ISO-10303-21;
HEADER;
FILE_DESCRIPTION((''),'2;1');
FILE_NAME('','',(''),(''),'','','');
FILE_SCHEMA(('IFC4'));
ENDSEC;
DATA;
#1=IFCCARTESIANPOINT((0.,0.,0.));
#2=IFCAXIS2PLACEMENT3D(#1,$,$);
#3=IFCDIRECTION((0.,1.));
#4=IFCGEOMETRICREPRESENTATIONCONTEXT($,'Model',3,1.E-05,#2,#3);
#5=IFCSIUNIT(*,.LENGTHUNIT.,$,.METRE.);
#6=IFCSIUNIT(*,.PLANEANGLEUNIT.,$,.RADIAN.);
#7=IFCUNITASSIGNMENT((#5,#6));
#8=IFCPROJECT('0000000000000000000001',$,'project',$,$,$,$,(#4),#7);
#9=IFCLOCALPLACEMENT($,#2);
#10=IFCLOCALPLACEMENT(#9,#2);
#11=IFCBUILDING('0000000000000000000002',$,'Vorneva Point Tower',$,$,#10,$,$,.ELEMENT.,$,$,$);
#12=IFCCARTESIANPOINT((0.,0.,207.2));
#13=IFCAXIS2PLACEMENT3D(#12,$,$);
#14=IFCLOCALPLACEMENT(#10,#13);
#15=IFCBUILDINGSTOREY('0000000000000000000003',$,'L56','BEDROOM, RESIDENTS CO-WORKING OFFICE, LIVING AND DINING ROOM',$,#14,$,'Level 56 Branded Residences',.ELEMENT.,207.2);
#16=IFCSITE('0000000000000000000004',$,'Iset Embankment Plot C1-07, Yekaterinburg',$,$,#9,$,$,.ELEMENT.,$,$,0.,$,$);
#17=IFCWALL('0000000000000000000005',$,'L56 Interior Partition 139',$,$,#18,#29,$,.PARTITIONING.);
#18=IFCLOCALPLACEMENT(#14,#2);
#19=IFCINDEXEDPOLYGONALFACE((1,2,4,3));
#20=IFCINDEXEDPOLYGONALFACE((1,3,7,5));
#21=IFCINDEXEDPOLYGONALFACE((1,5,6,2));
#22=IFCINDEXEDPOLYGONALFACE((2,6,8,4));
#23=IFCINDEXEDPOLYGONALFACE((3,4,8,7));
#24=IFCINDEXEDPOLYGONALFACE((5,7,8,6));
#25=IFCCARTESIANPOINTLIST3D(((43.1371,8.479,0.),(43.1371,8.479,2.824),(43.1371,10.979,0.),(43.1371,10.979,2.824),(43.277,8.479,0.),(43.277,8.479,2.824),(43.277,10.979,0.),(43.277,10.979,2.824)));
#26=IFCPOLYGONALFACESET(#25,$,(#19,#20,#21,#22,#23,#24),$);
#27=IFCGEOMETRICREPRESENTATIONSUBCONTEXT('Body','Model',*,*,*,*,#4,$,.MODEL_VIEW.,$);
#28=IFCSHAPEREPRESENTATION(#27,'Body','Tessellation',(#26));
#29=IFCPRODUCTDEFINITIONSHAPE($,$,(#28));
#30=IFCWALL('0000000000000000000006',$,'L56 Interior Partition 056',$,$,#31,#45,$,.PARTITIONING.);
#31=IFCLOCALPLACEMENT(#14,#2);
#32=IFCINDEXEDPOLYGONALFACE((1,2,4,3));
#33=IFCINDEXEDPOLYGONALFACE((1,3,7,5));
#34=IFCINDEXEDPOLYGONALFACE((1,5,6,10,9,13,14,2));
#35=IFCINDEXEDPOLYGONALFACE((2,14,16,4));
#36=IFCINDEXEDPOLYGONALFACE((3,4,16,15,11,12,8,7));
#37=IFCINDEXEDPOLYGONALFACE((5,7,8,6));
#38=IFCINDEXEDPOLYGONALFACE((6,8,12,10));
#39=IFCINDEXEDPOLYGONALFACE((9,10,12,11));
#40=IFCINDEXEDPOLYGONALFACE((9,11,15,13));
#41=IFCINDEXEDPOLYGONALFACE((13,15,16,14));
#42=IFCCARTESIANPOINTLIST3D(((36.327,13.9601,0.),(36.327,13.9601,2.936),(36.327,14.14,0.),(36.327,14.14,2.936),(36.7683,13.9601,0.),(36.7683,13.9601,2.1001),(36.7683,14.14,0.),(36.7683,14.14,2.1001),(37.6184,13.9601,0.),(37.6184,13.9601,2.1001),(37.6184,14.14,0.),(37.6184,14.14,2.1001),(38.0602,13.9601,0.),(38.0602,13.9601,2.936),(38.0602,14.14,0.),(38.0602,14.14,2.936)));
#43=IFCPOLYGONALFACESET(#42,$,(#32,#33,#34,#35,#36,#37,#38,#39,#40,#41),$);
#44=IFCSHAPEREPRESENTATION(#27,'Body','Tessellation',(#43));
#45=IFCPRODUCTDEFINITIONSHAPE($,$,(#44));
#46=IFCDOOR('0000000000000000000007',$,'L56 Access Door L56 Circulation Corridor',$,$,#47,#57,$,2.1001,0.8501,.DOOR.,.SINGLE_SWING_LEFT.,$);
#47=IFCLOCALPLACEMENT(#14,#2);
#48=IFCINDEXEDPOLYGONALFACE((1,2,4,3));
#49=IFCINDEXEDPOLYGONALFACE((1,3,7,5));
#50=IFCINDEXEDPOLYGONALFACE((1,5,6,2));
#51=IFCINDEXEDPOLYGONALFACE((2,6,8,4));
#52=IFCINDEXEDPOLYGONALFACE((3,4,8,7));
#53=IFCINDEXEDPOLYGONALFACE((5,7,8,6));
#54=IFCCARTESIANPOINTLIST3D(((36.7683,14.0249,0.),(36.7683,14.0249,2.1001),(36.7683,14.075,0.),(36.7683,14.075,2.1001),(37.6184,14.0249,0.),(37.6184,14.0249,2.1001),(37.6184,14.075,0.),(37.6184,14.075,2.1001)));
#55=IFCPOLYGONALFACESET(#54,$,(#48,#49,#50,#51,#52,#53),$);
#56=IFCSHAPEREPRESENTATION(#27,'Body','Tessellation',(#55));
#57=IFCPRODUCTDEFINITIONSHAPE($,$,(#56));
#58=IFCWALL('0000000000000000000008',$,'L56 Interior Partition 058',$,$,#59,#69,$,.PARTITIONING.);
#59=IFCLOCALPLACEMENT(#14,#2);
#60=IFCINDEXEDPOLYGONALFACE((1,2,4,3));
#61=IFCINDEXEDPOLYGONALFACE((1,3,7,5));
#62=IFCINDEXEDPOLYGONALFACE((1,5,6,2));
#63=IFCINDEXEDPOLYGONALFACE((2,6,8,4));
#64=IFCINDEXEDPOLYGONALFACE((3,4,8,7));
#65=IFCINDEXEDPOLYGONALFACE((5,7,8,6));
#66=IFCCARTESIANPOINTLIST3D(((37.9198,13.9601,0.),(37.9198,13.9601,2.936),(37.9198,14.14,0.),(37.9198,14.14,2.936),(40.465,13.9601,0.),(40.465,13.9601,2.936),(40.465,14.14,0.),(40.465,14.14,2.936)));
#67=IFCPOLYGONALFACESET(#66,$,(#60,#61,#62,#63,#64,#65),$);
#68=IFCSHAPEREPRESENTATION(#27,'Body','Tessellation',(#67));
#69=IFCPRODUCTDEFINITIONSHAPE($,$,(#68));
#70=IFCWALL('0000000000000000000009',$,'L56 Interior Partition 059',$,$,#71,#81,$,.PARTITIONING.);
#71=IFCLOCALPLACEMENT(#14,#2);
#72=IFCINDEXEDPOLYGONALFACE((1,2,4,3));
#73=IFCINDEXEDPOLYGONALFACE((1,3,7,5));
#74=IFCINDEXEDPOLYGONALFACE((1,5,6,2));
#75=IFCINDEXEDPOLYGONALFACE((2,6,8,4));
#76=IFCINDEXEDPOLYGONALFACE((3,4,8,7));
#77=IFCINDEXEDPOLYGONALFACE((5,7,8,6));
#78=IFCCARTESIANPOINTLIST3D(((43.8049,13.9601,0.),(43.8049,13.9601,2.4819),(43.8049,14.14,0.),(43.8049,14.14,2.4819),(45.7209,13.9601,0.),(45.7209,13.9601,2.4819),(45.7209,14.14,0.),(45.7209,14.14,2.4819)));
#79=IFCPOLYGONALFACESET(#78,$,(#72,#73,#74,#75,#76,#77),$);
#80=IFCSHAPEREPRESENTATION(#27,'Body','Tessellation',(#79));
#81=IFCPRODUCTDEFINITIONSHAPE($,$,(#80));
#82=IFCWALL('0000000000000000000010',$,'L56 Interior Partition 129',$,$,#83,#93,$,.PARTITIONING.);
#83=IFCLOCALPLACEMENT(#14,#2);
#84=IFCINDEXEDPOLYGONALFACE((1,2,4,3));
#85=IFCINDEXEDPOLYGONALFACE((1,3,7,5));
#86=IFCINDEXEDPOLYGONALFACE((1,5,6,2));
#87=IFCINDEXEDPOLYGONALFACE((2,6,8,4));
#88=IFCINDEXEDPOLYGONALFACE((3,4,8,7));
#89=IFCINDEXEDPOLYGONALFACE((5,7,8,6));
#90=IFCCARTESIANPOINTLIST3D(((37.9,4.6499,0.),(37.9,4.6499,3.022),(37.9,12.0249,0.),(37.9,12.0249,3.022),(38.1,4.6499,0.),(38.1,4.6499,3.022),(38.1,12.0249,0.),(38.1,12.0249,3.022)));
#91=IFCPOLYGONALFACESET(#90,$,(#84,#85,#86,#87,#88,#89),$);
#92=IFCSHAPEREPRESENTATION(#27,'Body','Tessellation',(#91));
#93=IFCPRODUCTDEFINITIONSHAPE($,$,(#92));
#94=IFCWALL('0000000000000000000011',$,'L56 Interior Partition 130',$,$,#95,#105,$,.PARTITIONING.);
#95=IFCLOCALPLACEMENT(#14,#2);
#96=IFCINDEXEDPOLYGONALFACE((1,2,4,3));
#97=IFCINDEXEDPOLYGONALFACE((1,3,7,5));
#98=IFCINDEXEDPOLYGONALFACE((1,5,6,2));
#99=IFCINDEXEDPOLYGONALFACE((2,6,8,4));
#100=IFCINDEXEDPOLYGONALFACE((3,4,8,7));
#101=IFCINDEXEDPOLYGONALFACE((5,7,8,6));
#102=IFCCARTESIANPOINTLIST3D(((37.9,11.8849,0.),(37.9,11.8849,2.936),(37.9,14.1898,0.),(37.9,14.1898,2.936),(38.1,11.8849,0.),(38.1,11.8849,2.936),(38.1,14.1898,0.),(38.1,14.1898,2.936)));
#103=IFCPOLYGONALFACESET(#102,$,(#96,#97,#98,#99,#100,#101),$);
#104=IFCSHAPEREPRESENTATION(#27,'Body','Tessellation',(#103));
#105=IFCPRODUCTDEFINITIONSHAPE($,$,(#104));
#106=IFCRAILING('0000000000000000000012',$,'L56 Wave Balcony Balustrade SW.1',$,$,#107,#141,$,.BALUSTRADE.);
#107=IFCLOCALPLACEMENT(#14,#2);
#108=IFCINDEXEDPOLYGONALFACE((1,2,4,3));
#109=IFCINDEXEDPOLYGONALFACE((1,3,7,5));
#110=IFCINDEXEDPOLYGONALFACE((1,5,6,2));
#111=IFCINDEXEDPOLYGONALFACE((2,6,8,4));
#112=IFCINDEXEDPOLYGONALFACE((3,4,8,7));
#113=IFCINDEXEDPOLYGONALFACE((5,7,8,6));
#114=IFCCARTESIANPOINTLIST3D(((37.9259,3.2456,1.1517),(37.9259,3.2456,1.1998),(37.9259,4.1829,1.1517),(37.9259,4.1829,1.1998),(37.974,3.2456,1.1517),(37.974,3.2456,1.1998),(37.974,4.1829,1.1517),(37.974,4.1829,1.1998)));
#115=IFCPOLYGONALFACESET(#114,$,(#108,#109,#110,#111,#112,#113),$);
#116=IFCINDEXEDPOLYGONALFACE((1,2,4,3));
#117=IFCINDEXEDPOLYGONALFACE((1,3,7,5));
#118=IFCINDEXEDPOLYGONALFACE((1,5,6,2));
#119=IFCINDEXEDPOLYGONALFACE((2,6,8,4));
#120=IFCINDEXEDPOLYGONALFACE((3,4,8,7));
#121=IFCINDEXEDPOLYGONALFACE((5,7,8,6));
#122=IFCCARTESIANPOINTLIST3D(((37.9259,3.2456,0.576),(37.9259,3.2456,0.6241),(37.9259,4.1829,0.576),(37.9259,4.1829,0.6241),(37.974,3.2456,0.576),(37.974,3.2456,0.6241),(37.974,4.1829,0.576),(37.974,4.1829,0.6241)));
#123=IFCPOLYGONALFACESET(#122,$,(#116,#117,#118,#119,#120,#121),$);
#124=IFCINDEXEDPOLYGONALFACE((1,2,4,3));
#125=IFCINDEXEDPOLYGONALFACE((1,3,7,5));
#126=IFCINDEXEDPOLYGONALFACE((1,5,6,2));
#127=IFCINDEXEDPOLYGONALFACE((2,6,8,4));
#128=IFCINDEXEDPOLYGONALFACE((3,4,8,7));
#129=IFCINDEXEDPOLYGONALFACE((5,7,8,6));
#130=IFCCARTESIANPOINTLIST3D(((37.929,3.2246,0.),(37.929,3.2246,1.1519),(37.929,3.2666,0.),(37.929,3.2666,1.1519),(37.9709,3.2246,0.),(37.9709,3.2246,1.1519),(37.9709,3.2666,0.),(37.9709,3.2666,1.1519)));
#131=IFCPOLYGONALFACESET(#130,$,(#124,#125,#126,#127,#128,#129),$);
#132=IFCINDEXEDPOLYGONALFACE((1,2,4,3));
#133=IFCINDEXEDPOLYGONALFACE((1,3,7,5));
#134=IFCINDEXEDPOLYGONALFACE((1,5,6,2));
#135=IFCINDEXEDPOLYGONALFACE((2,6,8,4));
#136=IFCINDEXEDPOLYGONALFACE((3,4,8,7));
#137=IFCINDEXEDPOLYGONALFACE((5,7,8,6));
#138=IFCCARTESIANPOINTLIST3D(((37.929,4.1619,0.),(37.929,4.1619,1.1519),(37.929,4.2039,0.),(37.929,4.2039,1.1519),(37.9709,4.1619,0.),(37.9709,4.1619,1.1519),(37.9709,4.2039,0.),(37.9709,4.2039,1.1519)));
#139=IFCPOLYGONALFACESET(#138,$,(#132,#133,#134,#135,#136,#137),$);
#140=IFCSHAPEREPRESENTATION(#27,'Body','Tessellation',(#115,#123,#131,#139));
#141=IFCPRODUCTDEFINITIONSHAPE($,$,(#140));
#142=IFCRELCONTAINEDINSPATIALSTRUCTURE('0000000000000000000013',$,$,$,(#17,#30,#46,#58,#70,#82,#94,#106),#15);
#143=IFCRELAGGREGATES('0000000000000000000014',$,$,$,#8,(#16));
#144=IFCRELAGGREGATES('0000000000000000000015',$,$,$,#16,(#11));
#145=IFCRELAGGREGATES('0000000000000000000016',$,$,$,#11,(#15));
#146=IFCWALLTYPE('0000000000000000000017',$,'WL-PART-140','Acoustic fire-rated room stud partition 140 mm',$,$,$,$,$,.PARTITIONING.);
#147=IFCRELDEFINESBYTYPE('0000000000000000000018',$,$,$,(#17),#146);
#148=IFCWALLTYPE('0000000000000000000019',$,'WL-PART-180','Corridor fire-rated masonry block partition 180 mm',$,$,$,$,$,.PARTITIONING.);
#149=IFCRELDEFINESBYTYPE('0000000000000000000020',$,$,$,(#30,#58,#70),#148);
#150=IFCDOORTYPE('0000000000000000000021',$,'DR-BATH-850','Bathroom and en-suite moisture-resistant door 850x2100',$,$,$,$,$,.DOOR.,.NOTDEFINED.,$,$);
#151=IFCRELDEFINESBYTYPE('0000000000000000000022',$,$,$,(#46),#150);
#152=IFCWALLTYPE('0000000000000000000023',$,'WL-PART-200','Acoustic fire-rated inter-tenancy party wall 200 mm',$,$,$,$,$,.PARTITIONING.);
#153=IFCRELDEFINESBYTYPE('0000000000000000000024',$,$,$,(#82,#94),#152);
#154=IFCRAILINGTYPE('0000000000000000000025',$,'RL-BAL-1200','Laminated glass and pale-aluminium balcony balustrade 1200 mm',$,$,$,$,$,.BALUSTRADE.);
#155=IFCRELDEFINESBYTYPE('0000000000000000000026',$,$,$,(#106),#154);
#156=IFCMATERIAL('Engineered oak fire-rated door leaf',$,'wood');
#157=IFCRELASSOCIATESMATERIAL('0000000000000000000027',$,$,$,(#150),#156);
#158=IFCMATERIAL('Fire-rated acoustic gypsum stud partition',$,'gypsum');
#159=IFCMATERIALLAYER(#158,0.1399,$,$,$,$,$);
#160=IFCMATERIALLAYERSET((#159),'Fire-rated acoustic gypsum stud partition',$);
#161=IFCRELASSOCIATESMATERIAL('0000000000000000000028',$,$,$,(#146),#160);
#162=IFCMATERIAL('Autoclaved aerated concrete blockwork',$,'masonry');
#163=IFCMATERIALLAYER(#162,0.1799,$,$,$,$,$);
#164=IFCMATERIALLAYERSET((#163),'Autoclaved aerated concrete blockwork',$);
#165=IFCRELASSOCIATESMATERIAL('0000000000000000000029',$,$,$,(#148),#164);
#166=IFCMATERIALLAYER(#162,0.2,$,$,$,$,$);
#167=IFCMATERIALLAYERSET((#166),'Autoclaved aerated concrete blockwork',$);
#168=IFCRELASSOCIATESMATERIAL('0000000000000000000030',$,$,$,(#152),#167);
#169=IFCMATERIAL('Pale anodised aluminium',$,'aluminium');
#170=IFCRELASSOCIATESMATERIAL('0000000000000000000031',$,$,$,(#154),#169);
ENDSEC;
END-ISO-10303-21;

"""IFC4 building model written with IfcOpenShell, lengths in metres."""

from ifc_helpers import new_model, si_unit, direction, frame, frame_2d, origin, origin_2d, place, context, subcontext, project, spatial, rectangle, extrude, material, layer, layer_set, type_object, element, fill, save


model = new_model("IFC4")

# Units and contexts
model_context = context("Model", 3, precision=1e-05, world=origin(), true_north=direction((0.0, 1.0)))
body_context = subcontext(model_context, "Body", "Model", "MODEL_VIEW")
ifc_project = project(units=[si_unit("LENGTHUNIT", "METRE"), si_unit("PLANEANGLEUNIT", "RADIAN")], contexts=[model_context])

# Site, building, storey
site_placement = place(None, origin())
site = spatial("IfcSite", under=ifc_project, at=site_placement, Name="Iset Embankment Plot C1-07, Yekaterinburg", CompositionType="ELEMENT", RefElevation=0.0)
building_placement = place(site_placement, origin())
building = spatial("IfcBuilding", under=site, at=building_placement, Name="Vorneva Point Tower", CompositionType="ELEMENT")
storey_placement = place(building_placement, frame((0.0, 0.0, 207.2)))
storey = spatial("IfcBuildingStorey", under=building, at=storey_placement, Name="L56", Description="BEDROOM, RESIDENTS CO-WORKING OFFICE, LIVING AND DINING ROOM", LongName="Level 56 Branded Residences", CompositionType="ELEMENT", Elevation=207.2)

# Shared definitions
ifc_material_1 = material(Name="Pale anodised aluminium", Category="aluminium")

# Shared definitions
ifc_material_2 = material(Name="Fire-rated acoustic gypsum stud partition", Category="gypsum")
ifc_material_3 = material(Name="Engineered oak fire-rated door leaf", Category="wood")
door_type_1 = type_object("IfcDoorType", Name="DR-BATH-850", Description="Bathroom and en-suite moisture-resistant door 850x2100", OperationType="NOTDEFINED", PredefinedType="DOOR", material=ifc_material_3)

# Shared definitions
ifc_layer_1 = layer(ifc_material_2, 0.1399)
ifc_layer_set_1 = layer_set([ifc_layer_1], Name="Fire-rated acoustic gypsum stud partition")
wall_type_1 = type_object("IfcWallType", Name="WL-PART-140", Description="Acoustic fire-rated room stud partition 140 mm", PredefinedType="PARTITIONING", material=ifc_layer_set_1)

# Wall
wall_1_placement = place(storey_placement, frame((43.207, 8.479, 0.0), z_axis=(0.0, 0.0, 1.0), x_axis=(0.0, 1.0, 0.0)))
element("IfcWall", 1, at=wall_1_placement, inside=storey, type_object=wall_type_1, Name="L56 Interior Partition 139", PredefinedType="PARTITIONING", context=body_context, shape_type="SweptSolid", body=[
    extrude(rectangle(XDim=2.5, YDim=0.1399, at=frame_2d((1.25, 0.0))), origin(), (0.0, 0.0, 1.0), 2.824),
])

# Wall, opening, door
ifc_material_4 = material(Name="Autoclaved aerated concrete blockwork", Category="masonry")
ifc_layer_2 = layer(ifc_material_4, 0.1799)
ifc_layer_set_2 = layer_set([ifc_layer_2], Name="Autoclaved aerated concrete blockwork")
wall_type_2 = type_object("IfcWallType", Name="WL-PART-180", Description="Corridor fire-rated masonry block partition 180 mm", PredefinedType="PARTITIONING", material=ifc_layer_set_2)
wall_2_placement = place(storey_placement, frame((36.3269, 14.05, 0.0), z_axis=(0.0, 0.0, 1.0), x_axis=(1.0, 0.0, 0.0)))
wall_2 = element("IfcWall", 2, at=wall_2_placement, inside=storey, type_object=wall_type_2, Name="L56 Interior Partition 056", PredefinedType="PARTITIONING", context=body_context, shape_type="SweptSolid", body=[
    extrude(rectangle(XDim=1.7332, YDim=0.1799, at=frame_2d((0.8667, 0.0))), origin(), (0.0, 0.0, 1.0), 2.936),
])
opening_1_placement = place(wall_2_placement, frame((0.4414, 0.0, 0.0)))
opening_1 = element("IfcOpeningElement", 3, at=opening_1_placement, cuts=wall_2, PredefinedType="OPENING", context=body_context, shape_type="SweptSolid", body=[
    extrude(rectangle(XDim=0.8501, YDim=2.1001, at=frame_2d((0.425, 1.05))), frame((0.0, 0.105, 0.0), z_axis=(0.0, -1.0, 0.0), x_axis=(1.0, 0.0, 0.0)), (0.0, 0.0, 1.0), 0.2097),
])
door_1_placement = place(opening_1_placement, origin())
door_1 = element("IfcDoor", 4, at=door_1_placement, inside=storey, type_object=door_type_1, Name="L56 Access Door L56 Circulation Corridor", OperationType="SINGLE_SWING_LEFT", OverallHeight=2.1001, OverallWidth=0.8501, PredefinedType="DOOR", context=body_context, shape_type="SweptSolid", body=[
    extrude(rectangle(XDim=0.8501, YDim=2.1001, at=frame_2d((0.425, 1.05))), frame((0.0, 0.0249, 0.0), z_axis=(0.0, -1.0, 0.0), x_axis=(1.0, 0.0, 0.0)), (0.0, 0.0, 1.0), 0.05),
])
fill(opening_1, door_1)

# Walls
wall_3_placement = place(storey_placement, frame((37.9199, 14.05, 0.0), z_axis=(0.0, 0.0, 1.0), x_axis=(1.0, 0.0, 0.0)))
element("IfcWall", 5, at=wall_3_placement, inside=storey, type_object=wall_type_2, Name="L56 Interior Partition 058", PredefinedType="PARTITIONING", context=body_context, shape_type="SweptSolid", body=[
    extrude(rectangle(XDim=2.5452, YDim=0.1799, at=frame_2d((1.2725, 0.0))), origin(), (0.0, 0.0, 1.0), 2.936),
])
wall_4_placement = place(storey_placement, frame((43.8049, 14.05, 0.0), z_axis=(0.0, 0.0, 1.0), x_axis=(1.0, 0.0, 0.0)))
element("IfcWall", 6, at=wall_4_placement, inside=storey, type_object=wall_type_2, Name="L56 Interior Partition 059", PredefinedType="PARTITIONING", context=body_context, shape_type="SweptSolid", body=[
    extrude(rectangle(XDim=1.916, YDim=0.1799, at=frame_2d((0.958, 0.0))), origin(), (0.0, 0.0, 1.0), 2.4819),
])
ifc_layer_3 = layer(ifc_material_4, 0.2)
ifc_layer_set_3 = layer_set([ifc_layer_3], Name="Autoclaved aerated concrete blockwork")
wall_type_3 = type_object("IfcWallType", Name="WL-PART-200", Description="Acoustic fire-rated inter-tenancy party wall 200 mm", PredefinedType="PARTITIONING", material=ifc_layer_set_3)
wall_5_placement = place(storey_placement, frame((38.0, 4.6499, 0.0), z_axis=(0.0, 0.0, 1.0), x_axis=(0.0, 1.0, 0.0)))
element("IfcWall", 7, at=wall_5_placement, inside=storey, type_object=wall_type_3, Name="L56 Interior Partition 129", PredefinedType="PARTITIONING", context=body_context, shape_type="SweptSolid", body=[
    extrude(rectangle(XDim=7.375, YDim=0.2, at=frame_2d((3.6875, 0.0))), origin(), (0.0, 0.0, 1.0), 3.022),
])
wall_6_placement = place(storey_placement, frame((38.0, 11.885, 0.0), z_axis=(0.0, 0.0, 1.0), x_axis=(0.0, 1.0, 0.0)))
element("IfcWall", 8, at=wall_6_placement, inside=storey, type_object=wall_type_3, Name="L56 Interior Partition 130", PredefinedType="PARTITIONING", context=body_context, shape_type="SweptSolid", body=[
    extrude(rectangle(XDim=2.3049, YDim=0.2, at=frame_2d((1.1523, 0.0))), origin(), (0.0, 0.0, 1.0), 2.936),
])

# Railing
railing_type = type_object("IfcRailingType", Name="RL-BAL-1200", Description="Laminated glass and pale-aluminium balcony balustrade 1200 mm", PredefinedType="BALUSTRADE", material=ifc_material_1)
railing_placement = place(storey_placement, frame((37.95, 3.2456, 0.0)))
element("IfcRailing", 9, at=railing_placement, inside=storey, type_object=railing_type, Name="L56 Wave Balcony Balustrade SW.1", PredefinedType="BALUSTRADE", context=body_context, shape_type="SweptSolid", body=[
    extrude(rectangle(XDim=0.0481, YDim=0.0481, at=origin_2d()), frame((0.0, 0.0, 1.1758), z_axis=(0.0, 1.0, 0.0), x_axis=(-1.0, 0.0, 0.0)), (0.0, 0.0, 1.0), 0.9373),
    extrude(rectangle(XDim=0.0481, YDim=0.0481, at=origin_2d()), frame((0.0, 0.0, 0.6001), z_axis=(0.0, 1.0, 0.0), x_axis=(-1.0, 0.0, 0.0)), (0.0, 0.0, 1.0), 0.9373),
    extrude(rectangle(XDim=0.042, YDim=0.042, at=origin_2d()), origin(), (0.0, 0.0, 1.0), 1.1519),
    extrude(rectangle(XDim=0.042, YDim=0.042, at=origin_2d()), frame((0.0, 0.9373, 0.0)), (0.0, 0.0, 1.0), 1.1519),
])

save(model, "model.ifc")
